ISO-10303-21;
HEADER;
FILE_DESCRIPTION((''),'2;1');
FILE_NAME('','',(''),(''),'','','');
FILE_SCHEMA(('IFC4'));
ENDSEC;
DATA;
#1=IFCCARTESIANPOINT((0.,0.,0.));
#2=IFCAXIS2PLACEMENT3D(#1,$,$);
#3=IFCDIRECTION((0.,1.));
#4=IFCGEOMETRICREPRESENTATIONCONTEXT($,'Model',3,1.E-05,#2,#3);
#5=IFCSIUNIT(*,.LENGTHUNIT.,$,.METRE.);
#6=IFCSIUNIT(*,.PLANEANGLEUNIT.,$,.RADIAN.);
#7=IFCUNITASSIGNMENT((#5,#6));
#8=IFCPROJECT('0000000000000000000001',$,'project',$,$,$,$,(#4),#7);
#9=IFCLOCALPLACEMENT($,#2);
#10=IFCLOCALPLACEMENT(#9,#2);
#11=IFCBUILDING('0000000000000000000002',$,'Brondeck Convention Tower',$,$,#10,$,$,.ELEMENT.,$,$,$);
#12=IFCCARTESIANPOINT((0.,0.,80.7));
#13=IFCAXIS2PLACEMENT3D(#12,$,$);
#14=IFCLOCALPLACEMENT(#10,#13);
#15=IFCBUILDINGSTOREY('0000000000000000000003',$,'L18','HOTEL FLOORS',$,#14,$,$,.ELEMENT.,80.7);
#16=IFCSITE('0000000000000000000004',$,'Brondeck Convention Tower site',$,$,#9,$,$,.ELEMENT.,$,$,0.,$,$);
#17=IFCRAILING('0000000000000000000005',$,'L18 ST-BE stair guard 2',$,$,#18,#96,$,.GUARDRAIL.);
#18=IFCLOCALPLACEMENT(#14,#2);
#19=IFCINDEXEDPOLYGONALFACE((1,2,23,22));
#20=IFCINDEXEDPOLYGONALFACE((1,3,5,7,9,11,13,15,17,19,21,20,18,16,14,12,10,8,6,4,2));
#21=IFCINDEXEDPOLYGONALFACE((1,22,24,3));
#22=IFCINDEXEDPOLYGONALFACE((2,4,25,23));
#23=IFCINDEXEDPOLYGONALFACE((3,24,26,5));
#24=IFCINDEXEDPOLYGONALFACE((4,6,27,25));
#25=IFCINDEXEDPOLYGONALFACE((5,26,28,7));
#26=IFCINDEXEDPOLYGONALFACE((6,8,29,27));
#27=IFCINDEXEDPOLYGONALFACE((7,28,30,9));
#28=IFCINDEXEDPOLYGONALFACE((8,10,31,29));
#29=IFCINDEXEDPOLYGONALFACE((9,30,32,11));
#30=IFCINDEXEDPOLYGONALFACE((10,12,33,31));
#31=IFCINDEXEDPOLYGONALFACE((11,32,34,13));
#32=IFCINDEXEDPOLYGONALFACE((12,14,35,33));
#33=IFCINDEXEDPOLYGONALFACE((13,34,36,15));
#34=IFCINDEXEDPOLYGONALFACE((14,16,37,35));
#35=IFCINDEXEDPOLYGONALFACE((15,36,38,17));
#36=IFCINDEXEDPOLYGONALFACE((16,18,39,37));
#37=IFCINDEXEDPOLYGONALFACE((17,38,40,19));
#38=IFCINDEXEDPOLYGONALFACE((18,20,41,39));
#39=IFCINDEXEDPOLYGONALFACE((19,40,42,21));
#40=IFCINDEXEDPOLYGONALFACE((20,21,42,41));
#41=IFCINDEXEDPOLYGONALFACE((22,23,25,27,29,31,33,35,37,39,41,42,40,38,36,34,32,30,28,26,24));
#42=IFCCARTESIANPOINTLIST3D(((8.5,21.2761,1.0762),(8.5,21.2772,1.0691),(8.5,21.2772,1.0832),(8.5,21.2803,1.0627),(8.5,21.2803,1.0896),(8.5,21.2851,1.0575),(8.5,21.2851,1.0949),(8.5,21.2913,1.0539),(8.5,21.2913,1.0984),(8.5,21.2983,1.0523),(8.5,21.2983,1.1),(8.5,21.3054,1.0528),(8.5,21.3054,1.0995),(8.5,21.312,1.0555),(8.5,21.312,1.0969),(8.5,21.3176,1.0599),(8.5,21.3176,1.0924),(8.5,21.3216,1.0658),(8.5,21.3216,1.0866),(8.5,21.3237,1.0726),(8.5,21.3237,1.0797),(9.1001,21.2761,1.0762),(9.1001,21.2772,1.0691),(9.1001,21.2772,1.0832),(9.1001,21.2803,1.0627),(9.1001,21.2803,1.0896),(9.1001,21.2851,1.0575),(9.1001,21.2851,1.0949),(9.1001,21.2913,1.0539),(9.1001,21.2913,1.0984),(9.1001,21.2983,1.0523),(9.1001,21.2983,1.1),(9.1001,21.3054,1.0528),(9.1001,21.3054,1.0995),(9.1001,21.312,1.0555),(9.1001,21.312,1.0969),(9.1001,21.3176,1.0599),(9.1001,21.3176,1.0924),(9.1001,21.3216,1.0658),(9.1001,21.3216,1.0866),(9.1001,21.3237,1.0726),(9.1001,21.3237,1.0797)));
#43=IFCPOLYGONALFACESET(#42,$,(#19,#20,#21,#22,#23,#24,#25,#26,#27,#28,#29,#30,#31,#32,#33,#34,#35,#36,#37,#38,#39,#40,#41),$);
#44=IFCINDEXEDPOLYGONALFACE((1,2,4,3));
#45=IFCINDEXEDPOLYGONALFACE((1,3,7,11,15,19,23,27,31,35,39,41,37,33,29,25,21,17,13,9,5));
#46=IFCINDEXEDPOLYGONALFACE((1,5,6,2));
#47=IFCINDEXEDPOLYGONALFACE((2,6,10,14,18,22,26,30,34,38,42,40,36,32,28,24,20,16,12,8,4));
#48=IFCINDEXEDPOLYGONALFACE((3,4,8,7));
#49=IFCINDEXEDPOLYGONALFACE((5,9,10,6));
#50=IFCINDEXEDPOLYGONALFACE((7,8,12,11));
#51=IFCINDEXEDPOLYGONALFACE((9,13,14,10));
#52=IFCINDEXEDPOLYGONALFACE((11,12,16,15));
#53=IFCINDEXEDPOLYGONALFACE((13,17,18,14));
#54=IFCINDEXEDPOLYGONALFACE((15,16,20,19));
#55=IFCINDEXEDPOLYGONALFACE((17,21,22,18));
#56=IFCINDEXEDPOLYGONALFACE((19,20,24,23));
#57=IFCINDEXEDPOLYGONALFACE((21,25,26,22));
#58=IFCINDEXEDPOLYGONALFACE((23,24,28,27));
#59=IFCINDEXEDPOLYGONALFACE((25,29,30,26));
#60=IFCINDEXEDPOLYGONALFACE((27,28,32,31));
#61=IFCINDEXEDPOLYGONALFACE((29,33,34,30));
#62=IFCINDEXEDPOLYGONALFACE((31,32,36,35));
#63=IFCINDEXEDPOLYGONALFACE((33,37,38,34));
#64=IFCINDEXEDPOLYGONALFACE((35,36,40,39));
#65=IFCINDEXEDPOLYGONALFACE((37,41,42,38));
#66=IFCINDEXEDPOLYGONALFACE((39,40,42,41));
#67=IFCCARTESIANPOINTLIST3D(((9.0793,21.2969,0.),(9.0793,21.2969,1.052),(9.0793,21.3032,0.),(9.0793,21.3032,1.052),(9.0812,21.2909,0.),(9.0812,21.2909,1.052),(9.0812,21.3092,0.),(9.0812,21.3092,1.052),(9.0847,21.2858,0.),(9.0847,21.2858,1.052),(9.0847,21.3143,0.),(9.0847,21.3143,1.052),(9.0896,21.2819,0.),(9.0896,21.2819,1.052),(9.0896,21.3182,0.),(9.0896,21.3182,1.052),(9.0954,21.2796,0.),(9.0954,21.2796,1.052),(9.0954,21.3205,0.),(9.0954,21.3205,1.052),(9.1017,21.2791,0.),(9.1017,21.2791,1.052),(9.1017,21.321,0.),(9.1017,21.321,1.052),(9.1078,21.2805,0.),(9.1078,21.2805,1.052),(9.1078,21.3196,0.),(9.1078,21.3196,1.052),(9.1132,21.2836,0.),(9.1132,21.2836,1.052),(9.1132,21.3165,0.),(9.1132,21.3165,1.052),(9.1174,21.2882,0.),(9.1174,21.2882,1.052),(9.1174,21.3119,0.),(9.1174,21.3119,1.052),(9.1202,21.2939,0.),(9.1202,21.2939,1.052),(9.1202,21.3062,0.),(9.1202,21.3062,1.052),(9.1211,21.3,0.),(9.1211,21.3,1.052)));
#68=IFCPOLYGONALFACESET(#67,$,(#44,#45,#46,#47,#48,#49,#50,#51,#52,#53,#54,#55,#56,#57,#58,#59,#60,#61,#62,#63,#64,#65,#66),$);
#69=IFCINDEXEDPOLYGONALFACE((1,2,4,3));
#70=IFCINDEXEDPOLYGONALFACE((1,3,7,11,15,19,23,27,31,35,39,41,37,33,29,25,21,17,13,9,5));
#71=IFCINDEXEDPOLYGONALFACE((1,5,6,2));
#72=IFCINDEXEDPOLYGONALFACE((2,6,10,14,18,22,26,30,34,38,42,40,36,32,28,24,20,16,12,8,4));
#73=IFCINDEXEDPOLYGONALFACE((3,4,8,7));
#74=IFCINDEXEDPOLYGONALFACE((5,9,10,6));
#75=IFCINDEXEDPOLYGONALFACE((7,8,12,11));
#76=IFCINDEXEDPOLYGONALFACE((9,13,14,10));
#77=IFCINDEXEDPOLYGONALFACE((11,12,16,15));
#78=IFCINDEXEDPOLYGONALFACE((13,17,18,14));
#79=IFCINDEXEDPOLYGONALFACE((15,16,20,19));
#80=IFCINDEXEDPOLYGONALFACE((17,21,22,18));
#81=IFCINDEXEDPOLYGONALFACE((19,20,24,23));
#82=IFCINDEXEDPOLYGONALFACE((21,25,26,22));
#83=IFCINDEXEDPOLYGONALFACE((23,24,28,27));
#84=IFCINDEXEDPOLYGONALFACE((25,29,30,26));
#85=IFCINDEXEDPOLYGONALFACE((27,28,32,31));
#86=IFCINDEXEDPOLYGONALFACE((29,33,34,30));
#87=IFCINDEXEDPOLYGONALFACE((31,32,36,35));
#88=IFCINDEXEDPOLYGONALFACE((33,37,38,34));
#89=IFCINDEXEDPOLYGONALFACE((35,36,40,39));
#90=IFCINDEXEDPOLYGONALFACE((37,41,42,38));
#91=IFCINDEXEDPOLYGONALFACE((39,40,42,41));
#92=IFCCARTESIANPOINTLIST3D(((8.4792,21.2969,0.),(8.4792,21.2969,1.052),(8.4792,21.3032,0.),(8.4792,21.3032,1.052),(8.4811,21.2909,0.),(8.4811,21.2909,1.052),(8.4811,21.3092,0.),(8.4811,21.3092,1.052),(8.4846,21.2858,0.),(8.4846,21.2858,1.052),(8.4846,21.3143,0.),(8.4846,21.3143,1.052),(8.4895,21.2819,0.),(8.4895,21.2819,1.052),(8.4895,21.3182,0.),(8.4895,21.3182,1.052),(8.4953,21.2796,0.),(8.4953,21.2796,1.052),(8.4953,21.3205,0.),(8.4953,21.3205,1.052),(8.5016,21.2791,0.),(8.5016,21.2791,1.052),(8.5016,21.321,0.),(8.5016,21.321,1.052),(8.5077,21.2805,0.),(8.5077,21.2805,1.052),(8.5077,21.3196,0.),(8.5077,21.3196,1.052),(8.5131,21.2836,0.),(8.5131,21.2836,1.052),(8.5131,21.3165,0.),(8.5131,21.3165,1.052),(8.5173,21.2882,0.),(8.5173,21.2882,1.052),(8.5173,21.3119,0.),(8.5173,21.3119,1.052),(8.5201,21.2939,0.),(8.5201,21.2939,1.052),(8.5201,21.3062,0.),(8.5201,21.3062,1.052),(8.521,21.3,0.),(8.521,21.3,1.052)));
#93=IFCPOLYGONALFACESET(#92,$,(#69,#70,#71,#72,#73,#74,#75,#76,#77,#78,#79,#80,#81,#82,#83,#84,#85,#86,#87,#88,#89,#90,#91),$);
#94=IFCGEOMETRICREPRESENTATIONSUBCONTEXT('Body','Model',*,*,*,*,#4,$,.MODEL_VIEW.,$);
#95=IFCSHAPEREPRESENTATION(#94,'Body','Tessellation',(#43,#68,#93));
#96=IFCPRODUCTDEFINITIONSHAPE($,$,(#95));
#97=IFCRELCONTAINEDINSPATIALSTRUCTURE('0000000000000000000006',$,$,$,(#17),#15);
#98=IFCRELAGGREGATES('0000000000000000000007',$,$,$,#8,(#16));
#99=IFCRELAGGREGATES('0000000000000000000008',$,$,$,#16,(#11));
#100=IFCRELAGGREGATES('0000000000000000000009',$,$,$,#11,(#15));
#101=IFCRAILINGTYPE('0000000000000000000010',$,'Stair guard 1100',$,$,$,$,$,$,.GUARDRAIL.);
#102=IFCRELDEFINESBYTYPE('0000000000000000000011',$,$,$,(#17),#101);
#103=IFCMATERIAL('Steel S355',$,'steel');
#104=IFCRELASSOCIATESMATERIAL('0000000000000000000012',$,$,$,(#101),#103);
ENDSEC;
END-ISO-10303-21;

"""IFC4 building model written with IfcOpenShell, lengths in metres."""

from ifc_helpers import new_model, si_unit, direction, frame, origin, origin_2d, place, context, subcontext, project, spatial, circle, extrude, material, type_object, element, save


model = new_model("IFC4")

# Units and contexts
model_context = context("Model", 3, precision=1e-05, world=origin(), true_north=direction((0.0, 1.0)))
body_context = subcontext(model_context, "Body", "Model", "MODEL_VIEW")
ifc_project = project(units=[si_unit("LENGTHUNIT", "METRE"), si_unit("PLANEANGLEUNIT", "RADIAN")], contexts=[model_context])

# Site, building, storey
site_placement = place(None, origin())
site = spatial("IfcSite", under=ifc_project, at=site_placement, Name="Brondeck Convention Tower site", CompositionType="ELEMENT", RefElevation=0.0)
building_placement = place(site_placement, origin())
building = spatial("IfcBuilding", under=site, at=building_placement, Name="Brondeck Convention Tower", CompositionType="ELEMENT")
storey_placement = place(building_placement, frame((0.0, 0.0, 80.7)))
storey = spatial("IfcBuildingStorey", under=building, at=storey_placement, Name="L18", Description="HOTEL FLOORS", CompositionType="ELEMENT", Elevation=80.7)

# Shared definitions
ifc_material_1 = material(Name="Steel S355", Category="steel")

# Railing
railing_type = type_object("IfcRailingType", Name="Stair guard 1100", PredefinedType="GUARDRAIL", material=ifc_material_1)
railing_1_placement = place(storey_placement, frame((9.1001, 21.3, 0.0)))
element("IfcRailing", 1, at=railing_1_placement, inside=storey, type_object=railing_type, Name="L18 ST-BE stair guard 2", PredefinedType="GUARDRAIL", context=body_context, shape_type="SweptSolid", body=[
    extrude(circle(Radius=0.0239, at=origin_2d()), frame((0.0, 0.0, 1.0762), z_axis=(-1.0, 0.0, 0.0), x_axis=(0.0, -1.0, 0.0)), (0.0, 0.0, 1.0), 0.6001),
    extrude(circle(Radius=0.021, at=origin_2d()), origin(), (0.0, 0.0, 1.0), 1.052),
    extrude(circle(Radius=0.021, at=origin_2d()), frame((-0.6001, 0.0, 0.0)), (0.0, 0.0, 1.0), 1.052),
])

save(model, "model.ifc")
